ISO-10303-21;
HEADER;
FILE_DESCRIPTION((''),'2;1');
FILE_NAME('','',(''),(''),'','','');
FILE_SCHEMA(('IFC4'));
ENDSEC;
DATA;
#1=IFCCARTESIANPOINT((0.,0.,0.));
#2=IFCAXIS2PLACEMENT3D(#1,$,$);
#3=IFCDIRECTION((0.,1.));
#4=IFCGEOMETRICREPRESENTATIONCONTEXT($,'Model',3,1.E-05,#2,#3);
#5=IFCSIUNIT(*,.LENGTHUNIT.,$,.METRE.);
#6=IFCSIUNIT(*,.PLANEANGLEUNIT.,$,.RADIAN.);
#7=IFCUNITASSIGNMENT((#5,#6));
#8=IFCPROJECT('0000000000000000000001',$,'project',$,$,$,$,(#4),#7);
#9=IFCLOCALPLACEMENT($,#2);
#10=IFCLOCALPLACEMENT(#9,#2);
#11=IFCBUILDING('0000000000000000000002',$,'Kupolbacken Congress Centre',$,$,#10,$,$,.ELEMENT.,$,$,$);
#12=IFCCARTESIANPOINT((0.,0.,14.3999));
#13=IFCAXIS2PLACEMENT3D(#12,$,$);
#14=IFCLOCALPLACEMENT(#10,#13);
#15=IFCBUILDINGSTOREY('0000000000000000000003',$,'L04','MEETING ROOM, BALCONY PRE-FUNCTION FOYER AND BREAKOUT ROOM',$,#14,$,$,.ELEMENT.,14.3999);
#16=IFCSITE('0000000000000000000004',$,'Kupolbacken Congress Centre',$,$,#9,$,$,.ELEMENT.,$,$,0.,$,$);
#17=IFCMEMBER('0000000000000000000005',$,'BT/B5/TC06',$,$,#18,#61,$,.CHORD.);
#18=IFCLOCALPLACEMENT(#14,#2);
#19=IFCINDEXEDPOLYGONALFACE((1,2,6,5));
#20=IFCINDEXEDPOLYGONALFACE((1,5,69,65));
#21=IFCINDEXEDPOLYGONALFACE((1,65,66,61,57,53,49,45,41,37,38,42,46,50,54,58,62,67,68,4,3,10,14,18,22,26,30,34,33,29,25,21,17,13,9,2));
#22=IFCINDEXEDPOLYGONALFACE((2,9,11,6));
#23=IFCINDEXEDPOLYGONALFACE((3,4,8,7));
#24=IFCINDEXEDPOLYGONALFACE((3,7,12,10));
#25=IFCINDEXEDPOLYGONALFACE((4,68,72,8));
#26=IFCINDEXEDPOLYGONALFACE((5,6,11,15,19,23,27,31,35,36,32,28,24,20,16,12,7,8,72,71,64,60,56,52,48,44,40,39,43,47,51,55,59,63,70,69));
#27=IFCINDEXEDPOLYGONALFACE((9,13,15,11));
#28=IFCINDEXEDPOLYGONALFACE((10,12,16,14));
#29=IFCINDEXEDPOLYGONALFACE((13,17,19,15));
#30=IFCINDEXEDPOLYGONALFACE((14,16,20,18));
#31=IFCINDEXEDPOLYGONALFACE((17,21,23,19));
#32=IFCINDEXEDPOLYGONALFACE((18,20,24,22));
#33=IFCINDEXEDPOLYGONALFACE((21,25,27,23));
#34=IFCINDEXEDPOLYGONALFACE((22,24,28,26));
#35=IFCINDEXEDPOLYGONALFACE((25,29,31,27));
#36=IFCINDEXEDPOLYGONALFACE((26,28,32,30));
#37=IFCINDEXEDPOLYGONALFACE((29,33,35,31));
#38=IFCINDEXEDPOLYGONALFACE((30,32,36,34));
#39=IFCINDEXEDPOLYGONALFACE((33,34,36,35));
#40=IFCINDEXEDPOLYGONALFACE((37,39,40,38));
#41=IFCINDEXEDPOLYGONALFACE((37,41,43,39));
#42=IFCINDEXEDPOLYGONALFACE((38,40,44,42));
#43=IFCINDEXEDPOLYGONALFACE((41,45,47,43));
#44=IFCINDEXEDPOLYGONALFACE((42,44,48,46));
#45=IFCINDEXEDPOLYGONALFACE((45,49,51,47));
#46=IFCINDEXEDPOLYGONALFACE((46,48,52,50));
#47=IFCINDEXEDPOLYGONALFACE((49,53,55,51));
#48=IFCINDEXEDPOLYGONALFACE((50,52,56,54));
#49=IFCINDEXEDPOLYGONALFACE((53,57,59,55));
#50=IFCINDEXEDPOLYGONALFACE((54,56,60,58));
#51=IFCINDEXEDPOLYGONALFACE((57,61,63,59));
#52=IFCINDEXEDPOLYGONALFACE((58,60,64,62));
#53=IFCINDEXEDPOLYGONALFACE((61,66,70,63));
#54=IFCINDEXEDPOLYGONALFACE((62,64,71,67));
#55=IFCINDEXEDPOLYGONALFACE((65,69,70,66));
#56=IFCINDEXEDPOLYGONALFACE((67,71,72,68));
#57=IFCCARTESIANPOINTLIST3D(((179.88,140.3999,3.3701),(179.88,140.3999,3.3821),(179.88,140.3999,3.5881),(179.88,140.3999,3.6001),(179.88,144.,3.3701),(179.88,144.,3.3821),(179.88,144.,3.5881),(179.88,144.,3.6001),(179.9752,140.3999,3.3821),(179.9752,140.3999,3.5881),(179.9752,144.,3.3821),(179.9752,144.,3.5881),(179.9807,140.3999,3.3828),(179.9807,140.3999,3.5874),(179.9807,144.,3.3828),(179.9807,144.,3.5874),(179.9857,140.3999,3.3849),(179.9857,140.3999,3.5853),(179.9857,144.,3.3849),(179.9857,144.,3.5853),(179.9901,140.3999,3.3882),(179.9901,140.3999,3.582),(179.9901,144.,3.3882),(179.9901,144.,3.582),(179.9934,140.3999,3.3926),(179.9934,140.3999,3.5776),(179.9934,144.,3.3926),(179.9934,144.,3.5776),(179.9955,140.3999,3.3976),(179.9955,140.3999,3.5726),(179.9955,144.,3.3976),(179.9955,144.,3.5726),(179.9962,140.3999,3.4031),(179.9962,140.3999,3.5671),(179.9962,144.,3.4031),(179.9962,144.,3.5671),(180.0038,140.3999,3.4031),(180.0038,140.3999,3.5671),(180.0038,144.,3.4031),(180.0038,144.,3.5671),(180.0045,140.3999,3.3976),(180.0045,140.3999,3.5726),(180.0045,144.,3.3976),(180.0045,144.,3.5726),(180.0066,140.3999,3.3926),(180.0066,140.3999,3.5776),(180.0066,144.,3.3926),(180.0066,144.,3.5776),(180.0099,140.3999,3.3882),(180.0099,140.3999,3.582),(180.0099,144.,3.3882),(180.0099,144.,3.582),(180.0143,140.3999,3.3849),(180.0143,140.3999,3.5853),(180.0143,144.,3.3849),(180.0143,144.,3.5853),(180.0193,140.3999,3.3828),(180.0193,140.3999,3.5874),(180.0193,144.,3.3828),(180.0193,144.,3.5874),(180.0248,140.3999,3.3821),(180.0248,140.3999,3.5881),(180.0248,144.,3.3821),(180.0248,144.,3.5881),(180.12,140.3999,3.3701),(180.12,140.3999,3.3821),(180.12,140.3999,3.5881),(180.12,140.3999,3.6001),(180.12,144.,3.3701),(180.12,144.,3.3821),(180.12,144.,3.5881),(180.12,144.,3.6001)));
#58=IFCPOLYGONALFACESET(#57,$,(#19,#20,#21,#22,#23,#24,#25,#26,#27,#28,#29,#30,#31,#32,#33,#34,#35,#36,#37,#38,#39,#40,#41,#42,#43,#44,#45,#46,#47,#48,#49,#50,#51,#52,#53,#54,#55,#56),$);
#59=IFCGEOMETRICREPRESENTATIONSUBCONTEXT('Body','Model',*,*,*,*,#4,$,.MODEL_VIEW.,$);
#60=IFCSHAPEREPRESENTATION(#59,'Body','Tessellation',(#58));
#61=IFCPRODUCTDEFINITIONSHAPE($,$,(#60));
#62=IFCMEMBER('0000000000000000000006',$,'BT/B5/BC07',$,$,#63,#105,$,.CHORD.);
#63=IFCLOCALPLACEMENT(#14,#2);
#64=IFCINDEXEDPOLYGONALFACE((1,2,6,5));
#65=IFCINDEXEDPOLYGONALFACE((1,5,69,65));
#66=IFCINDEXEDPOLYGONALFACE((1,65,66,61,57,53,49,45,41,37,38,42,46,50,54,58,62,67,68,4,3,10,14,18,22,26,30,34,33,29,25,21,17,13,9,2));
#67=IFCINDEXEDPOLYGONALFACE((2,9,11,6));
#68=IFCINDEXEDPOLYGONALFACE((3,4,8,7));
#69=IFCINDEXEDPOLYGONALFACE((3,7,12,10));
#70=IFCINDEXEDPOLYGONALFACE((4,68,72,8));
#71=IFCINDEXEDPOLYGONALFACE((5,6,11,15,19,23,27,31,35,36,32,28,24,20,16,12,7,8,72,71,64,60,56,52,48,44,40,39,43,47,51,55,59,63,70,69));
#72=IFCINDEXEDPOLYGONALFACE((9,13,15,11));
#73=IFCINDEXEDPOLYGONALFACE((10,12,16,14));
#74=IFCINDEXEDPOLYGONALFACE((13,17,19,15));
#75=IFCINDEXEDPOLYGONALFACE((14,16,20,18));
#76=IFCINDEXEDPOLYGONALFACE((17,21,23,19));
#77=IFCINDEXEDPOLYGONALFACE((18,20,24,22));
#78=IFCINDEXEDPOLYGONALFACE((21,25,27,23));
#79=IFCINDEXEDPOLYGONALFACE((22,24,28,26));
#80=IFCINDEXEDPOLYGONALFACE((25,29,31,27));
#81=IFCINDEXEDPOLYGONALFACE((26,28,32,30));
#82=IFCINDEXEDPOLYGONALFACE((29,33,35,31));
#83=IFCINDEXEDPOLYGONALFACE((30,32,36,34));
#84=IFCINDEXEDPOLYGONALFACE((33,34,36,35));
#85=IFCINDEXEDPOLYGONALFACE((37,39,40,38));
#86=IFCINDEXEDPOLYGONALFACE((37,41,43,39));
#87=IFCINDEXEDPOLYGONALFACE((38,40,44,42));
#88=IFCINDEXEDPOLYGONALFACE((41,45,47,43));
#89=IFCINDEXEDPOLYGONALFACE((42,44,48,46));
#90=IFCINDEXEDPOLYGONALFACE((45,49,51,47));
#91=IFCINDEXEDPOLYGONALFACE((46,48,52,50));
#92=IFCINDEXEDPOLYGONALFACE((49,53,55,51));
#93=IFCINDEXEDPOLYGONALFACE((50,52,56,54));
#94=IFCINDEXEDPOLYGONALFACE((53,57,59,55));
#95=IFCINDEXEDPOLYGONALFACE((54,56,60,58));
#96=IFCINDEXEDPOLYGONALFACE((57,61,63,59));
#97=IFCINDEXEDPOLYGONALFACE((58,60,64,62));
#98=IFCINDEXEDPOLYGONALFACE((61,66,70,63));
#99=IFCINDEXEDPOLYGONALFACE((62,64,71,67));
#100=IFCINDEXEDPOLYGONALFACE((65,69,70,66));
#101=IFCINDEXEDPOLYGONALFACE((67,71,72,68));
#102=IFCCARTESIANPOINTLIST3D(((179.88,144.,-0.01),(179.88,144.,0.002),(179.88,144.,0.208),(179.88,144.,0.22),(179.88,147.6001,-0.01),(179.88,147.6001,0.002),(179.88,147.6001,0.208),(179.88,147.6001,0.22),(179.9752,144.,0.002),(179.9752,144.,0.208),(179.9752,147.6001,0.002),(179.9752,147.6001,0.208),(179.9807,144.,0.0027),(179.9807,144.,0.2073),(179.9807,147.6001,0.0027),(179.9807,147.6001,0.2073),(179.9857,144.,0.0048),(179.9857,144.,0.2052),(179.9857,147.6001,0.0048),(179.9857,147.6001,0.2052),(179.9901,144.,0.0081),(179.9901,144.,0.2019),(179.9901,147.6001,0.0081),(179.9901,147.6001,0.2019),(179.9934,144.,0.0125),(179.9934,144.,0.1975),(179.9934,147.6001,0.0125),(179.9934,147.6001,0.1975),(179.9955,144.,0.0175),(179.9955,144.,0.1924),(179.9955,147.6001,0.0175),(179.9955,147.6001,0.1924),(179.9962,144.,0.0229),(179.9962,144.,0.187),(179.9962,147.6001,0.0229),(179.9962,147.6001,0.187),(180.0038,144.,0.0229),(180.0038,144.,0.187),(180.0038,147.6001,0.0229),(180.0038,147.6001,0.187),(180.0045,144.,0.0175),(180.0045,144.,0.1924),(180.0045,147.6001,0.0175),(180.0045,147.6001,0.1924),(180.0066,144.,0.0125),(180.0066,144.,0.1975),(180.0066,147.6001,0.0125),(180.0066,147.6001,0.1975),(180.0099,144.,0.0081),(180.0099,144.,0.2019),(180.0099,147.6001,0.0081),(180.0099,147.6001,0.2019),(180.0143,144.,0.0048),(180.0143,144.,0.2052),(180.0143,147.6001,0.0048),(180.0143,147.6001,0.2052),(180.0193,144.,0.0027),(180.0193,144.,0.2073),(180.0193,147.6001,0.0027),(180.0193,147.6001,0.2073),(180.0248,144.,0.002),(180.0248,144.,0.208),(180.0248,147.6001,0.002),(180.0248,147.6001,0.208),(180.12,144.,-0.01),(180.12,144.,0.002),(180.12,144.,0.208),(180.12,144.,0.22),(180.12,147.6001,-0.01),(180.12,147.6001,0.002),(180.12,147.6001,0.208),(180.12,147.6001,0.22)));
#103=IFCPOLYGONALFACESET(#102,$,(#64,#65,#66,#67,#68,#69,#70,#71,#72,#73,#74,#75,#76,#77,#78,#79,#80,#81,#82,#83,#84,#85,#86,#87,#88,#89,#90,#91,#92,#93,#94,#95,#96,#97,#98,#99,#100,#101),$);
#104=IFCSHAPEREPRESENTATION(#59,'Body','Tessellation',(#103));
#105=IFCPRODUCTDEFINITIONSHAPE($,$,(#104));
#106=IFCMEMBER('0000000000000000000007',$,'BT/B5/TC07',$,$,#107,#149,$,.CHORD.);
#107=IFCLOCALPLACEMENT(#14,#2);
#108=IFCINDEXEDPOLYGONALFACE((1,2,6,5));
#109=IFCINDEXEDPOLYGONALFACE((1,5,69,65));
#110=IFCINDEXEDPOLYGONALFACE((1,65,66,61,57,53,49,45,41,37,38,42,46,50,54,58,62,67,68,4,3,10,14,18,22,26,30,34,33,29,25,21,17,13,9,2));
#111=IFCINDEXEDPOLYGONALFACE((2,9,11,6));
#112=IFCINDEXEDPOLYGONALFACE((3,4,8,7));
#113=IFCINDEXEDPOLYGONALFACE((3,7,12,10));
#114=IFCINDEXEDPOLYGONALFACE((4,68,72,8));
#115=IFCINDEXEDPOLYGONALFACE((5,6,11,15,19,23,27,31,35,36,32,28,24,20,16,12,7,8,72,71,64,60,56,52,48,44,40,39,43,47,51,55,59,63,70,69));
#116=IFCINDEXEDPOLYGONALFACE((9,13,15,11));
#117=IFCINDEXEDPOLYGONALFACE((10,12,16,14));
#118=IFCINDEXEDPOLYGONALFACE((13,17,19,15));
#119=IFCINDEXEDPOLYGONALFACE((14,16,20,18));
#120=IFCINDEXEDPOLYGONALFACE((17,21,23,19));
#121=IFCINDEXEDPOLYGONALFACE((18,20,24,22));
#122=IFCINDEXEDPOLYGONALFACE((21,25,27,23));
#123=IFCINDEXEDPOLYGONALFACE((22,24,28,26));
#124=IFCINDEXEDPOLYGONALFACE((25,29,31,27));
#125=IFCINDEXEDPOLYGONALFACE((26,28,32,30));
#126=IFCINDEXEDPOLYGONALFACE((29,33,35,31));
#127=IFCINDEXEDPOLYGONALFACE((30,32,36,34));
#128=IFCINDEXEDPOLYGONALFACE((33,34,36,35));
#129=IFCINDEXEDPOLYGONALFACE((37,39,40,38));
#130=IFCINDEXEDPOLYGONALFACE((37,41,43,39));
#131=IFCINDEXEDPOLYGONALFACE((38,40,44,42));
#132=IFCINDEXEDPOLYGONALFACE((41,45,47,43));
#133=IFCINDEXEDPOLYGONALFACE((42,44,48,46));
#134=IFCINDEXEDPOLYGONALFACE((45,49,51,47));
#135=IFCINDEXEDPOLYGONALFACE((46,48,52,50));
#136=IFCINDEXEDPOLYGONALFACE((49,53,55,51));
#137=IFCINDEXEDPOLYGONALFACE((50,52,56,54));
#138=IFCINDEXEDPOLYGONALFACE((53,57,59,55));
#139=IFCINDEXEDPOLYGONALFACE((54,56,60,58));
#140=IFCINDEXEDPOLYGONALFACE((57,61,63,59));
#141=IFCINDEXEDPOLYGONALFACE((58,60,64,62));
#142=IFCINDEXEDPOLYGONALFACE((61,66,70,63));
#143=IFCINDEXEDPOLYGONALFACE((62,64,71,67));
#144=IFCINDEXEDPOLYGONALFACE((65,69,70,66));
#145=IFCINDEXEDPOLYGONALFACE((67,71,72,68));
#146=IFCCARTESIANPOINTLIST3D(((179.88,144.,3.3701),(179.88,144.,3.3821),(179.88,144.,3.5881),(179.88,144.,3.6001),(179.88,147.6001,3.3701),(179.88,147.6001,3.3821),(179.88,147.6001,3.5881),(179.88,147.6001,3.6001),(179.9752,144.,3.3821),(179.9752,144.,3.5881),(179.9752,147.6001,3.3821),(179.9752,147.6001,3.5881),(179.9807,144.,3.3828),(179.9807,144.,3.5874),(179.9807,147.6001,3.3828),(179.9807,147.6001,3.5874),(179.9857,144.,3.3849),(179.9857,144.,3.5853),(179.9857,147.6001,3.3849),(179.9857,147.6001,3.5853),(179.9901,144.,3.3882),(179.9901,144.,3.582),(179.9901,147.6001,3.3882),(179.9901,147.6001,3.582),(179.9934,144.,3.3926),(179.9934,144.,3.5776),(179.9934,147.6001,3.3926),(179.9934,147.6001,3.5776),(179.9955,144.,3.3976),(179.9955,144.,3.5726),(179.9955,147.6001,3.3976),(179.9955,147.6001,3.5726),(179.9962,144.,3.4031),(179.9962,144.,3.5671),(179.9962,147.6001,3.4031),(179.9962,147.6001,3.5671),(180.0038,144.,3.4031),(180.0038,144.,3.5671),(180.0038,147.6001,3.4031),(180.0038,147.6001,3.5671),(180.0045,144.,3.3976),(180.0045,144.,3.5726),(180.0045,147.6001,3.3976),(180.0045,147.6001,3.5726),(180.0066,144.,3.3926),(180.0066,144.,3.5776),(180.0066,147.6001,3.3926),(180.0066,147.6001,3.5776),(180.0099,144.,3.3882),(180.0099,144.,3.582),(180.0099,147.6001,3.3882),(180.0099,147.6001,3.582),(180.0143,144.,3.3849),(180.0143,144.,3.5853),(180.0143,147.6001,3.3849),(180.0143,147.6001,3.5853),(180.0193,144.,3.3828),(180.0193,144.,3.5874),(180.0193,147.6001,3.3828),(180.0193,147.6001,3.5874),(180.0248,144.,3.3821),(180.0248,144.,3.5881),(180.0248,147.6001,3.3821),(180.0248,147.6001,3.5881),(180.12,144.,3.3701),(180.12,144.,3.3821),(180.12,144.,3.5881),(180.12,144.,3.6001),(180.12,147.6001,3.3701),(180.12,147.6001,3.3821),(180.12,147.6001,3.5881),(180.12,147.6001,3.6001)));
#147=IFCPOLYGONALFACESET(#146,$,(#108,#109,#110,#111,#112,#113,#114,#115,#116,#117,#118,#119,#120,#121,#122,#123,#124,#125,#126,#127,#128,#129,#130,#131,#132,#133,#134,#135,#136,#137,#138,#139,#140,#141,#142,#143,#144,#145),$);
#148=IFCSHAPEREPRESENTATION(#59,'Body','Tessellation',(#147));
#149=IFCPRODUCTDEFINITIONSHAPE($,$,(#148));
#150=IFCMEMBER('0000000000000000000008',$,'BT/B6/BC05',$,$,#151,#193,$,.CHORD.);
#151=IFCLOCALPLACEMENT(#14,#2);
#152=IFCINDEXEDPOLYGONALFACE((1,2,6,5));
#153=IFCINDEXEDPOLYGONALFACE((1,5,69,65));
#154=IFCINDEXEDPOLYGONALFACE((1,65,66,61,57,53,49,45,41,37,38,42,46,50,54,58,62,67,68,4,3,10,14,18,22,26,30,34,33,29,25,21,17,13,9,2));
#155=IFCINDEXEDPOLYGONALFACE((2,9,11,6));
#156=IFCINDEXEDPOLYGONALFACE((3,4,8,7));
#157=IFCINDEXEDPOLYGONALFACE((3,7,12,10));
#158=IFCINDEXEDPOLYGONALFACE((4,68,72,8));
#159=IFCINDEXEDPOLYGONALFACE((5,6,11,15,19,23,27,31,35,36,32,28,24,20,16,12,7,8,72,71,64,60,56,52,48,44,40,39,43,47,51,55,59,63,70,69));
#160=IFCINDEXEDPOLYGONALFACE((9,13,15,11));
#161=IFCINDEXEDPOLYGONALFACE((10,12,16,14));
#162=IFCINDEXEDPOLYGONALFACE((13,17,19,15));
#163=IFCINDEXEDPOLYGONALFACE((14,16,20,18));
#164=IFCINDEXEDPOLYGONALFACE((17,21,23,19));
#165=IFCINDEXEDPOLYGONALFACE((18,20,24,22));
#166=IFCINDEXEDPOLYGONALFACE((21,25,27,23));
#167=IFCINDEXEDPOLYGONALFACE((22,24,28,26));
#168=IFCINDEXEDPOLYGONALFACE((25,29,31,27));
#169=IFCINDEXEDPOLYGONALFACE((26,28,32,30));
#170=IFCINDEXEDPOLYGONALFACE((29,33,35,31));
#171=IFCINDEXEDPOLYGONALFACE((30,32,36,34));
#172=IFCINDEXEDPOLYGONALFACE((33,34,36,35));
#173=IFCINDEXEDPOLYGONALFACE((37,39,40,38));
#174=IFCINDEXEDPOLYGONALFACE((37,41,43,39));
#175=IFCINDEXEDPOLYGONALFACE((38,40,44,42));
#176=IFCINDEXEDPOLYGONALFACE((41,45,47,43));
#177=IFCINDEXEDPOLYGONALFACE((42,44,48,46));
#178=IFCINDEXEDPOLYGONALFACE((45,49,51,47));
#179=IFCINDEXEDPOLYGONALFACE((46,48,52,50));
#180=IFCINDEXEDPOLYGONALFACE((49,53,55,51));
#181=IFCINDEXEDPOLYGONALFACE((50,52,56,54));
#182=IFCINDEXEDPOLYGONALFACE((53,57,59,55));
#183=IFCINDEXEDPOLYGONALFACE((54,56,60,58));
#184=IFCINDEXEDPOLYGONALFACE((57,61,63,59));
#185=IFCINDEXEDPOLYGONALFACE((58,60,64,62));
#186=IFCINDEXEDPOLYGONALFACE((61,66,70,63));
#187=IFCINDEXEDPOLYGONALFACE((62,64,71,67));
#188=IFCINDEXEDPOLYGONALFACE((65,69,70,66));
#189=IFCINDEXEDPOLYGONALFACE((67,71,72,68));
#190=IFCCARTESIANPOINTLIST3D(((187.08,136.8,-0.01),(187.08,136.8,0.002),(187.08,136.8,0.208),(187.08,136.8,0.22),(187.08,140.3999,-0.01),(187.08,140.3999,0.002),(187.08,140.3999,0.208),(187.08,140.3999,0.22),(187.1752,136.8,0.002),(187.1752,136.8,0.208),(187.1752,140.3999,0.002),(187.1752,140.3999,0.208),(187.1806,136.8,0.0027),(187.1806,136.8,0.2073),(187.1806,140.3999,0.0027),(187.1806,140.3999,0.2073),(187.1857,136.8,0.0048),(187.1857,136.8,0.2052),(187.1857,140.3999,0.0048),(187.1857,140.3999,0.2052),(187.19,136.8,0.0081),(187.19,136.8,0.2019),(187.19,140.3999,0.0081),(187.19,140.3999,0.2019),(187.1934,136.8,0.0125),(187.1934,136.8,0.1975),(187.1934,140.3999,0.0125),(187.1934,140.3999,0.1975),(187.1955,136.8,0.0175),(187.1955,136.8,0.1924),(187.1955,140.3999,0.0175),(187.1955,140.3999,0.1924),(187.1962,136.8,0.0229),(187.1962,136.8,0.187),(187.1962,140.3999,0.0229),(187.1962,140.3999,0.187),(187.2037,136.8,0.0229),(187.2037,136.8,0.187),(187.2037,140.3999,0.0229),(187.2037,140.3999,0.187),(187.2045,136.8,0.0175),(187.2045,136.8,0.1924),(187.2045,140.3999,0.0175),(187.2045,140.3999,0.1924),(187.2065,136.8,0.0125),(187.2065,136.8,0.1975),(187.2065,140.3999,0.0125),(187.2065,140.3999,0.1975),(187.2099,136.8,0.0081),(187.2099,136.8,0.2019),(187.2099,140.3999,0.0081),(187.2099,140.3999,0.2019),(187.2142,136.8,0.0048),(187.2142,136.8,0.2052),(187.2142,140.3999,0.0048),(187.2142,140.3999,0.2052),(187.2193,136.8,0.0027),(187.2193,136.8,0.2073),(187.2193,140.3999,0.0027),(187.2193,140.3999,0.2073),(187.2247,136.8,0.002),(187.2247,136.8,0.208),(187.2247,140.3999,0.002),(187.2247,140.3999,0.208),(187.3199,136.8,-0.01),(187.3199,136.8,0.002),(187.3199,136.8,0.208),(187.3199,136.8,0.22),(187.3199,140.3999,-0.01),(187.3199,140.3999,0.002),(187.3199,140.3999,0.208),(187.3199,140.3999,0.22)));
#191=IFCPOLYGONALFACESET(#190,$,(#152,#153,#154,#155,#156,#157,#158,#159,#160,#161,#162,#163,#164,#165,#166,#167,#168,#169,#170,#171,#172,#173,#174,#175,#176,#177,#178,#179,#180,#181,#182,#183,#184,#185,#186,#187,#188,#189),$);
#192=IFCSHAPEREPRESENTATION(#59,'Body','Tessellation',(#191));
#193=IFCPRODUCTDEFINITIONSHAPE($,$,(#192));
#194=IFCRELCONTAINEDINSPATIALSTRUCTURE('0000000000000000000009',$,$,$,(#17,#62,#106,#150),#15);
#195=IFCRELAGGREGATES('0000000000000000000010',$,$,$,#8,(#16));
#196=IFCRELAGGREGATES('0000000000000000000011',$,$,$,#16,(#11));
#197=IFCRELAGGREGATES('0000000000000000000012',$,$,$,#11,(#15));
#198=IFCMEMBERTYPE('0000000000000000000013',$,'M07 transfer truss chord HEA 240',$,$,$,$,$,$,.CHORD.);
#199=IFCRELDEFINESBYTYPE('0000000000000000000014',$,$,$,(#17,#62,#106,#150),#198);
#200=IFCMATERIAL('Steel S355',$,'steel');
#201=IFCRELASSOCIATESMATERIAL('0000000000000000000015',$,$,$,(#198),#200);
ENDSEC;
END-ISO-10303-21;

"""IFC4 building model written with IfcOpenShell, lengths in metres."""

from ifc_helpers import new_model, si_unit, direction, frame, origin, origin_2d, place, context, subcontext, project, spatial, i_section, extrude, material, material_profile, profile_set, type_object, element, save


model = new_model("IFC4")

# Units and contexts
model_context = context("Model", 3, precision=1e-05, world=origin(), true_north=direction((0.0, 1.0)))
body_context = subcontext(model_context, "Body", "Model", "MODEL_VIEW")
ifc_project = project(units=[si_unit("LENGTHUNIT", "METRE"), si_unit("PLANEANGLEUNIT", "RADIAN")], contexts=[model_context])

# Site, building, storey
site_placement = place(None, origin())
site = spatial("IfcSite", under=ifc_project, at=site_placement, Name="Kupolbacken Congress Centre", CompositionType="ELEMENT", RefElevation=0.0)
building_placement = place(site_placement, origin())
building = spatial("IfcBuilding", under=site, at=building_placement, Name="Kupolbacken Congress Centre", CompositionType="ELEMENT")
storey_placement = place(building_placement, frame((0.0, 0.0, 14.3999)))
storey = spatial("IfcBuildingStorey", under=building, at=storey_placement, Name="L04", Description="MEETING ROOM, BALCONY PRE-FUNCTION FOYER AND BREAKOUT ROOM", CompositionType="ELEMENT", Elevation=14.3999)

# Members
ifc_material_1 = material(Name="Steel S355", Category="steel")
ifc_material_profile_1 = material_profile(ifc_material_1, i_section(OverallWidth=0.24, OverallDepth=0.23, WebThickness=0.0076, FlangeThickness=0.012, FilletRadius=0.021, at=origin_2d()), Name="HEA 240")
ifc_profile_set_1 = profile_set([ifc_material_profile_1], Name="Steel S355")
member_type_1 = type_object("IfcMemberType", Name="M07 transfer truss chord HEA 240", PredefinedType="CHORD", material=ifc_profile_set_1)
for number, where, z_axis, x_axis, name in (
    (1, (180.0, 140.3999, 3.4851), (0.0, 1.0, 0.0), (-1.0, 0.0, 0.0), "BT/B5/TC06"),
    (2, (180.0, 144.0, 0.105), (0.0, 1.0, 0.0), (-1.0, 0.0, 0.0), "BT/B5/BC07"),
    (3, (180.0, 144.0, 3.4851), (0.0, 1.0, 0.0), (-1.0, 0.0, 0.0), "BT/B5/TC07"),
):
    element("IfcMember", number, at=place(storey_placement, frame(where, z_axis=z_axis, x_axis=x_axis)), inside=storey, type_object=member_type_1, Name=name, PredefinedType="CHORD", context=body_context, shape_type="SweptSolid", body=[
        extrude(i_section(OverallWidth=0.24, OverallDepth=0.23, WebThickness=0.0076, FlangeThickness=0.012, FilletRadius=0.021, at=origin_2d()), origin(), (0.0, 0.0, 1.0), 3.6001),
    ])
for number, where, z_axis, x_axis, name in (
    (4, (187.2, 136.8, 0.105), (0.0, 1.0, 0.0), (-1.0, 0.0, 0.0), "BT/B6/BC05"),
):
    element("IfcMember", number, at=place(storey_placement, frame(where, z_axis=z_axis, x_axis=x_axis)), inside=storey, type_object=member_type_1, Name=name, PredefinedType="CHORD", context=body_context, shape_type="SweptSolid", body=[
        extrude(i_section(OverallWidth=0.24, OverallDepth=0.23, WebThickness=0.0076, FlangeThickness=0.012, FilletRadius=0.021, at=origin_2d()), origin(), (0.0, 0.0, 1.0), 3.5999),
    ])

save(model, "model.ifc")
